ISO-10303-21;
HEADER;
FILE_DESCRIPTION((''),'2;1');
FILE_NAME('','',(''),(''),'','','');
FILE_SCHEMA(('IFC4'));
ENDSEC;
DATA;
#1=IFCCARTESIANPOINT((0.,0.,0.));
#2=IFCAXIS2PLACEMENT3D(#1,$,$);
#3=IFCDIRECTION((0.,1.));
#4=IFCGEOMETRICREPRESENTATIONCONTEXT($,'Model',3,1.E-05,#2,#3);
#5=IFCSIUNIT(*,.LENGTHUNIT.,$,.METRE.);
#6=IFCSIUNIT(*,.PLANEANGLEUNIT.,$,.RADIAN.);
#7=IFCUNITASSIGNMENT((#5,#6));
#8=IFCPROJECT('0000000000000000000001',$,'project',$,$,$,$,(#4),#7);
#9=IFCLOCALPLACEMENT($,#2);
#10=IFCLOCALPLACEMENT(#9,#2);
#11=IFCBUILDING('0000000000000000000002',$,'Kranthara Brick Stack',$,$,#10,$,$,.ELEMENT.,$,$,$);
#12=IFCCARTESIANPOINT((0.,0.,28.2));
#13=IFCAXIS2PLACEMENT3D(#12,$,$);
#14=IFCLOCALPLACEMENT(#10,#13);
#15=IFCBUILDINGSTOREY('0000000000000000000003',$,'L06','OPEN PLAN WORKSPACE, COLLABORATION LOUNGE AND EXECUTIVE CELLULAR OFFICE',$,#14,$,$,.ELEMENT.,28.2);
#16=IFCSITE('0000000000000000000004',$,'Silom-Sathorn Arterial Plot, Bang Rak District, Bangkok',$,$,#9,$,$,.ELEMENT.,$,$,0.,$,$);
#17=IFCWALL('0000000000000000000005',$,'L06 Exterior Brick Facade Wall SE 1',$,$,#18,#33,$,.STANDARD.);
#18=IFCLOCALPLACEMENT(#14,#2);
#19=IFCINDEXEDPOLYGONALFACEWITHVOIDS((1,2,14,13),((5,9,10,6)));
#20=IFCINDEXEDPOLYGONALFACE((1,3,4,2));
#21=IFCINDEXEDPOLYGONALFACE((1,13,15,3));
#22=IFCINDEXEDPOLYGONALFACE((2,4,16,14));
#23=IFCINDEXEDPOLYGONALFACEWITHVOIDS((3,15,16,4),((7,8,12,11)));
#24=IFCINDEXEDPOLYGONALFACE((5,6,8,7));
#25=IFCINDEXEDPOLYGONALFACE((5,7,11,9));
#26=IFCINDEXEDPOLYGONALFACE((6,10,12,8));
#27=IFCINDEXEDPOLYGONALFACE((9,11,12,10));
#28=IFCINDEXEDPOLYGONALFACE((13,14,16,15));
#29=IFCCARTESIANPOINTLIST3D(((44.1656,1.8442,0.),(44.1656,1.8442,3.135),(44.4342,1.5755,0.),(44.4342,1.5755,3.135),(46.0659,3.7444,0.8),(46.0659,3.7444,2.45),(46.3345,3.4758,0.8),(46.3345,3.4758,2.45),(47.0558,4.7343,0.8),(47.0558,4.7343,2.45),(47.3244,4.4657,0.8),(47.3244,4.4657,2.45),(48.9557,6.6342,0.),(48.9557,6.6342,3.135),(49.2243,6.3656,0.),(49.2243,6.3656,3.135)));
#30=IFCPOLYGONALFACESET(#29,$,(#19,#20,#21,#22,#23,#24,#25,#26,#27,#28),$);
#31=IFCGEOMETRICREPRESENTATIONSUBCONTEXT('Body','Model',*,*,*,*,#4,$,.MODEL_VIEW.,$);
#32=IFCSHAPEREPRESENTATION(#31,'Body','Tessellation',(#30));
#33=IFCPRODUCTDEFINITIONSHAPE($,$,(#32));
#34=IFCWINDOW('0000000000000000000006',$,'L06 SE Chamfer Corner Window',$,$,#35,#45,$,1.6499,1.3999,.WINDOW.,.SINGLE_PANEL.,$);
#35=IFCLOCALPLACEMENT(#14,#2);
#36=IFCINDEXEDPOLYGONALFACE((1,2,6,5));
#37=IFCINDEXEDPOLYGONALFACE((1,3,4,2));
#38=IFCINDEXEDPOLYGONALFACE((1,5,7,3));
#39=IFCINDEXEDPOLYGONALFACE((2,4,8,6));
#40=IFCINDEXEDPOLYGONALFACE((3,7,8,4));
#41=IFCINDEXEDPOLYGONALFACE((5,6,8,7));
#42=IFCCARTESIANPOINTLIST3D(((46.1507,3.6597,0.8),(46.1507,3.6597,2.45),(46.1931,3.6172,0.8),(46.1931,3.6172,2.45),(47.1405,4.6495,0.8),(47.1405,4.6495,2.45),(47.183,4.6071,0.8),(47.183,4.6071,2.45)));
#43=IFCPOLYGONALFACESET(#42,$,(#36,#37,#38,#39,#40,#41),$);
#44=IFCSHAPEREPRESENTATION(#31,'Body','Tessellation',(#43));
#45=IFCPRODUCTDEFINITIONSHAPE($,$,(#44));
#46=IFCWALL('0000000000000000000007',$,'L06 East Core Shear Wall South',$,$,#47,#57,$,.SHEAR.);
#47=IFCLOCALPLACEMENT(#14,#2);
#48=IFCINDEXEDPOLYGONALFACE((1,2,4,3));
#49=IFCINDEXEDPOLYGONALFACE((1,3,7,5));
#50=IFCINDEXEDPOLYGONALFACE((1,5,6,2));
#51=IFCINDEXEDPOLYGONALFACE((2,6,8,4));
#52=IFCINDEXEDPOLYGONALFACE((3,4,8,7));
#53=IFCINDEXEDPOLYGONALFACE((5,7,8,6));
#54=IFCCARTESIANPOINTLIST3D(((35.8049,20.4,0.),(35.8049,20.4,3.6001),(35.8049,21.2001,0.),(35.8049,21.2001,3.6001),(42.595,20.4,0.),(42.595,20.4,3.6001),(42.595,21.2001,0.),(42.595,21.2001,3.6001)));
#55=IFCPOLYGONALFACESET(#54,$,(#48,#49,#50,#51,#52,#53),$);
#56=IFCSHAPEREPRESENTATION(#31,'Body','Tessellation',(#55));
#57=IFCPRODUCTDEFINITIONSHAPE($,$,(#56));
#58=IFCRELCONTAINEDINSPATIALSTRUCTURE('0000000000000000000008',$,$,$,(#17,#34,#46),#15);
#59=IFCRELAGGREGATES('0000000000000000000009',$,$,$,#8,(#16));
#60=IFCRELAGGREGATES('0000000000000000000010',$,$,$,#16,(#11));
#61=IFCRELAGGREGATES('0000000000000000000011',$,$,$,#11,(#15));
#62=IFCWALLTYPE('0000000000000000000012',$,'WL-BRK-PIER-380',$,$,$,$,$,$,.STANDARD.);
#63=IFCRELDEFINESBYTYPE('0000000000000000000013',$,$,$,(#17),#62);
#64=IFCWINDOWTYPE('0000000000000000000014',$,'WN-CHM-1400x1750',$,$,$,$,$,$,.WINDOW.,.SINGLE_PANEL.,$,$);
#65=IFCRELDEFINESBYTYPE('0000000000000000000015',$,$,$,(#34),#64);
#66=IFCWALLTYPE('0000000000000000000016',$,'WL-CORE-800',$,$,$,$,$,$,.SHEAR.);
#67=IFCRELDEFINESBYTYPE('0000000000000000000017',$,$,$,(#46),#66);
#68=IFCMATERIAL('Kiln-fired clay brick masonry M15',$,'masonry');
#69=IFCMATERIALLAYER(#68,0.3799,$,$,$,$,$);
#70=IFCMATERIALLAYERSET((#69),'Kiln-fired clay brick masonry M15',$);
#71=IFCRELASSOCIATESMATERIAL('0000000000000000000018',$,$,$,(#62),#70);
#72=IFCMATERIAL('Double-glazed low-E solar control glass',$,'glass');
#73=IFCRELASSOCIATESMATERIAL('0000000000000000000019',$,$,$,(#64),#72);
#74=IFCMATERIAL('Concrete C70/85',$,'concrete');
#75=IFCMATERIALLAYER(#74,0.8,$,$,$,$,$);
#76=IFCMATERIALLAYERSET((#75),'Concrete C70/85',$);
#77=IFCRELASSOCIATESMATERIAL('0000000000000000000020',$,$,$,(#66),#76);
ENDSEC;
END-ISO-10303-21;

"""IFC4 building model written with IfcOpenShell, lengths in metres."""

from ifc_helpers import new_model, si_unit, direction, frame, frame_2d, origin, place, context, subcontext, project, spatial, rectangle, extrude, material, layer, layer_set, type_object, element, fill, save


model = new_model("IFC4")

# Units and contexts
model_context = context("Model", 3, precision=1e-05, world=origin(), true_north=direction((0.0, 1.0)))
body_context = subcontext(model_context, "Body", "Model", "MODEL_VIEW")
ifc_project = project(units=[si_unit("LENGTHUNIT", "METRE"), si_unit("PLANEANGLEUNIT", "RADIAN")], contexts=[model_context])

# Site, building, storey
site_placement = place(None, origin())
site = spatial("IfcSite", under=ifc_project, at=site_placement, Name="Silom-Sathorn Arterial Plot, Bang Rak District, Bangkok", CompositionType="ELEMENT", RefElevation=0.0)
building_placement = place(site_placement, origin())
building = spatial("IfcBuilding", under=site, at=building_placement, Name="Kranthara Brick Stack", CompositionType="ELEMENT")
storey_placement = place(building_placement, frame((0.0, 0.0, 28.2)))
storey = spatial("IfcBuildingStorey", under=building, at=storey_placement, Name="L06", Description="OPEN PLAN WORKSPACE, COLLABORATION LOUNGE AND EXECUTIVE CELLULAR OFFICE", CompositionType="ELEMENT", Elevation=28.2)

# Shared definitions
ifc_material_1 = material(Name="Kiln-fired clay brick masonry M15", Category="masonry")
ifc_layer_1 = layer(ifc_material_1, 0.3799)
ifc_layer_set_1 = layer_set([ifc_layer_1], Name="Kiln-fired clay brick masonry M15")
wall_type_1 = type_object("IfcWallType", Name="WL-BRK-PIER-380", PredefinedType="STANDARD", material=ifc_layer_set_1)

# Wall, opening, window
wall_1_placement = place(storey_placement, frame((49.0901, 6.5, 0.0), z_axis=(0.0, 0.0, 1.0), x_axis=(-0.707107, -0.707107, 0.0)))
wall_1 = element("IfcWall", 1, at=wall_1_placement, inside=storey, type_object=wall_type_1, Name="L06 Exterior Brick Facade Wall SE 1", PredefinedType="STANDARD", context=body_context, shape_type="SweptSolid", body=[
    extrude(rectangle(XDim=6.7742, YDim=0.3799, at=frame_2d((3.3872, 0.0))), origin(), (0.0, 0.0, 1.0), 3.135),
])
opening_1_placement = place(wall_1_placement, frame((2.687, 0.0, 0.8)))
opening_1 = element("IfcOpeningElement", 2, at=opening_1_placement, cuts=wall_1, PredefinedType="OPENING", context=body_context, shape_type="SweptSolid", body=[
    extrude(rectangle(XDim=1.3999, YDim=1.6499, at=frame_2d((0.7, 0.825))), frame((0.0, 0.2, 0.0), z_axis=(0.0, -1.0, 0.0), x_axis=(1.0, 0.0, 0.0)), (0.0, 0.0, 1.0), 0.3999),
])
ifc_material_2 = material(Name="Double-glazed low-E solar control glass", Category="glass")
window_type_1 = type_object("IfcWindowType", Name="WN-CHM-1400x1750", PartitioningType="SINGLE_PANEL", PredefinedType="WINDOW", material=ifc_material_2)
window_1_placement = place(opening_1_placement, origin())
window_1 = element("IfcWindow", 3, at=window_1_placement, inside=storey, type_object=window_type_1, Name="L06 SE Chamfer Corner Window", OverallHeight=1.6499, OverallWidth=1.3999, PartitioningType="SINGLE_PANEL", PredefinedType="WINDOW", context=body_context, shape_type="SweptSolid", body=[
    extrude(rectangle(XDim=1.3999, YDim=1.6499, at=frame_2d((0.7, 0.825))), frame((0.0, -0.01, 0.0), z_axis=(0.0, -1.0, 0.0), x_axis=(1.0, 0.0, 0.0)), (0.0, 0.0, 1.0), 0.0601),
])
fill(opening_1, window_1)

# Wall
ifc_material_3 = material(Name="Concrete C70/85", Category="concrete")
ifc_layer_2 = layer(ifc_material_3, 0.8)
ifc_layer_set_2 = layer_set([ifc_layer_2], Name="Concrete C70/85")
wall_type_2 = type_object("IfcWallType", Name="WL-CORE-800", PredefinedType="SHEAR", material=ifc_layer_set_2)
wall_2_placement = place(storey_placement, frame((35.8049, 20.8, 0.0), z_axis=(0.0, 0.0, 1.0), x_axis=(1.0, 0.0, 0.0)))
element("IfcWall", 4, at=wall_2_placement, inside=storey, type_object=wall_type_2, Name="L06 East Core Shear Wall South", PredefinedType="SHEAR", context=body_context, shape_type="SweptSolid", body=[
    extrude(rectangle(XDim=6.79, YDim=0.8, at=frame_2d((3.395, 0.0))), origin(), (0.0, 0.0, 1.0), 3.6001),
])

save(model, "model.ifc")
